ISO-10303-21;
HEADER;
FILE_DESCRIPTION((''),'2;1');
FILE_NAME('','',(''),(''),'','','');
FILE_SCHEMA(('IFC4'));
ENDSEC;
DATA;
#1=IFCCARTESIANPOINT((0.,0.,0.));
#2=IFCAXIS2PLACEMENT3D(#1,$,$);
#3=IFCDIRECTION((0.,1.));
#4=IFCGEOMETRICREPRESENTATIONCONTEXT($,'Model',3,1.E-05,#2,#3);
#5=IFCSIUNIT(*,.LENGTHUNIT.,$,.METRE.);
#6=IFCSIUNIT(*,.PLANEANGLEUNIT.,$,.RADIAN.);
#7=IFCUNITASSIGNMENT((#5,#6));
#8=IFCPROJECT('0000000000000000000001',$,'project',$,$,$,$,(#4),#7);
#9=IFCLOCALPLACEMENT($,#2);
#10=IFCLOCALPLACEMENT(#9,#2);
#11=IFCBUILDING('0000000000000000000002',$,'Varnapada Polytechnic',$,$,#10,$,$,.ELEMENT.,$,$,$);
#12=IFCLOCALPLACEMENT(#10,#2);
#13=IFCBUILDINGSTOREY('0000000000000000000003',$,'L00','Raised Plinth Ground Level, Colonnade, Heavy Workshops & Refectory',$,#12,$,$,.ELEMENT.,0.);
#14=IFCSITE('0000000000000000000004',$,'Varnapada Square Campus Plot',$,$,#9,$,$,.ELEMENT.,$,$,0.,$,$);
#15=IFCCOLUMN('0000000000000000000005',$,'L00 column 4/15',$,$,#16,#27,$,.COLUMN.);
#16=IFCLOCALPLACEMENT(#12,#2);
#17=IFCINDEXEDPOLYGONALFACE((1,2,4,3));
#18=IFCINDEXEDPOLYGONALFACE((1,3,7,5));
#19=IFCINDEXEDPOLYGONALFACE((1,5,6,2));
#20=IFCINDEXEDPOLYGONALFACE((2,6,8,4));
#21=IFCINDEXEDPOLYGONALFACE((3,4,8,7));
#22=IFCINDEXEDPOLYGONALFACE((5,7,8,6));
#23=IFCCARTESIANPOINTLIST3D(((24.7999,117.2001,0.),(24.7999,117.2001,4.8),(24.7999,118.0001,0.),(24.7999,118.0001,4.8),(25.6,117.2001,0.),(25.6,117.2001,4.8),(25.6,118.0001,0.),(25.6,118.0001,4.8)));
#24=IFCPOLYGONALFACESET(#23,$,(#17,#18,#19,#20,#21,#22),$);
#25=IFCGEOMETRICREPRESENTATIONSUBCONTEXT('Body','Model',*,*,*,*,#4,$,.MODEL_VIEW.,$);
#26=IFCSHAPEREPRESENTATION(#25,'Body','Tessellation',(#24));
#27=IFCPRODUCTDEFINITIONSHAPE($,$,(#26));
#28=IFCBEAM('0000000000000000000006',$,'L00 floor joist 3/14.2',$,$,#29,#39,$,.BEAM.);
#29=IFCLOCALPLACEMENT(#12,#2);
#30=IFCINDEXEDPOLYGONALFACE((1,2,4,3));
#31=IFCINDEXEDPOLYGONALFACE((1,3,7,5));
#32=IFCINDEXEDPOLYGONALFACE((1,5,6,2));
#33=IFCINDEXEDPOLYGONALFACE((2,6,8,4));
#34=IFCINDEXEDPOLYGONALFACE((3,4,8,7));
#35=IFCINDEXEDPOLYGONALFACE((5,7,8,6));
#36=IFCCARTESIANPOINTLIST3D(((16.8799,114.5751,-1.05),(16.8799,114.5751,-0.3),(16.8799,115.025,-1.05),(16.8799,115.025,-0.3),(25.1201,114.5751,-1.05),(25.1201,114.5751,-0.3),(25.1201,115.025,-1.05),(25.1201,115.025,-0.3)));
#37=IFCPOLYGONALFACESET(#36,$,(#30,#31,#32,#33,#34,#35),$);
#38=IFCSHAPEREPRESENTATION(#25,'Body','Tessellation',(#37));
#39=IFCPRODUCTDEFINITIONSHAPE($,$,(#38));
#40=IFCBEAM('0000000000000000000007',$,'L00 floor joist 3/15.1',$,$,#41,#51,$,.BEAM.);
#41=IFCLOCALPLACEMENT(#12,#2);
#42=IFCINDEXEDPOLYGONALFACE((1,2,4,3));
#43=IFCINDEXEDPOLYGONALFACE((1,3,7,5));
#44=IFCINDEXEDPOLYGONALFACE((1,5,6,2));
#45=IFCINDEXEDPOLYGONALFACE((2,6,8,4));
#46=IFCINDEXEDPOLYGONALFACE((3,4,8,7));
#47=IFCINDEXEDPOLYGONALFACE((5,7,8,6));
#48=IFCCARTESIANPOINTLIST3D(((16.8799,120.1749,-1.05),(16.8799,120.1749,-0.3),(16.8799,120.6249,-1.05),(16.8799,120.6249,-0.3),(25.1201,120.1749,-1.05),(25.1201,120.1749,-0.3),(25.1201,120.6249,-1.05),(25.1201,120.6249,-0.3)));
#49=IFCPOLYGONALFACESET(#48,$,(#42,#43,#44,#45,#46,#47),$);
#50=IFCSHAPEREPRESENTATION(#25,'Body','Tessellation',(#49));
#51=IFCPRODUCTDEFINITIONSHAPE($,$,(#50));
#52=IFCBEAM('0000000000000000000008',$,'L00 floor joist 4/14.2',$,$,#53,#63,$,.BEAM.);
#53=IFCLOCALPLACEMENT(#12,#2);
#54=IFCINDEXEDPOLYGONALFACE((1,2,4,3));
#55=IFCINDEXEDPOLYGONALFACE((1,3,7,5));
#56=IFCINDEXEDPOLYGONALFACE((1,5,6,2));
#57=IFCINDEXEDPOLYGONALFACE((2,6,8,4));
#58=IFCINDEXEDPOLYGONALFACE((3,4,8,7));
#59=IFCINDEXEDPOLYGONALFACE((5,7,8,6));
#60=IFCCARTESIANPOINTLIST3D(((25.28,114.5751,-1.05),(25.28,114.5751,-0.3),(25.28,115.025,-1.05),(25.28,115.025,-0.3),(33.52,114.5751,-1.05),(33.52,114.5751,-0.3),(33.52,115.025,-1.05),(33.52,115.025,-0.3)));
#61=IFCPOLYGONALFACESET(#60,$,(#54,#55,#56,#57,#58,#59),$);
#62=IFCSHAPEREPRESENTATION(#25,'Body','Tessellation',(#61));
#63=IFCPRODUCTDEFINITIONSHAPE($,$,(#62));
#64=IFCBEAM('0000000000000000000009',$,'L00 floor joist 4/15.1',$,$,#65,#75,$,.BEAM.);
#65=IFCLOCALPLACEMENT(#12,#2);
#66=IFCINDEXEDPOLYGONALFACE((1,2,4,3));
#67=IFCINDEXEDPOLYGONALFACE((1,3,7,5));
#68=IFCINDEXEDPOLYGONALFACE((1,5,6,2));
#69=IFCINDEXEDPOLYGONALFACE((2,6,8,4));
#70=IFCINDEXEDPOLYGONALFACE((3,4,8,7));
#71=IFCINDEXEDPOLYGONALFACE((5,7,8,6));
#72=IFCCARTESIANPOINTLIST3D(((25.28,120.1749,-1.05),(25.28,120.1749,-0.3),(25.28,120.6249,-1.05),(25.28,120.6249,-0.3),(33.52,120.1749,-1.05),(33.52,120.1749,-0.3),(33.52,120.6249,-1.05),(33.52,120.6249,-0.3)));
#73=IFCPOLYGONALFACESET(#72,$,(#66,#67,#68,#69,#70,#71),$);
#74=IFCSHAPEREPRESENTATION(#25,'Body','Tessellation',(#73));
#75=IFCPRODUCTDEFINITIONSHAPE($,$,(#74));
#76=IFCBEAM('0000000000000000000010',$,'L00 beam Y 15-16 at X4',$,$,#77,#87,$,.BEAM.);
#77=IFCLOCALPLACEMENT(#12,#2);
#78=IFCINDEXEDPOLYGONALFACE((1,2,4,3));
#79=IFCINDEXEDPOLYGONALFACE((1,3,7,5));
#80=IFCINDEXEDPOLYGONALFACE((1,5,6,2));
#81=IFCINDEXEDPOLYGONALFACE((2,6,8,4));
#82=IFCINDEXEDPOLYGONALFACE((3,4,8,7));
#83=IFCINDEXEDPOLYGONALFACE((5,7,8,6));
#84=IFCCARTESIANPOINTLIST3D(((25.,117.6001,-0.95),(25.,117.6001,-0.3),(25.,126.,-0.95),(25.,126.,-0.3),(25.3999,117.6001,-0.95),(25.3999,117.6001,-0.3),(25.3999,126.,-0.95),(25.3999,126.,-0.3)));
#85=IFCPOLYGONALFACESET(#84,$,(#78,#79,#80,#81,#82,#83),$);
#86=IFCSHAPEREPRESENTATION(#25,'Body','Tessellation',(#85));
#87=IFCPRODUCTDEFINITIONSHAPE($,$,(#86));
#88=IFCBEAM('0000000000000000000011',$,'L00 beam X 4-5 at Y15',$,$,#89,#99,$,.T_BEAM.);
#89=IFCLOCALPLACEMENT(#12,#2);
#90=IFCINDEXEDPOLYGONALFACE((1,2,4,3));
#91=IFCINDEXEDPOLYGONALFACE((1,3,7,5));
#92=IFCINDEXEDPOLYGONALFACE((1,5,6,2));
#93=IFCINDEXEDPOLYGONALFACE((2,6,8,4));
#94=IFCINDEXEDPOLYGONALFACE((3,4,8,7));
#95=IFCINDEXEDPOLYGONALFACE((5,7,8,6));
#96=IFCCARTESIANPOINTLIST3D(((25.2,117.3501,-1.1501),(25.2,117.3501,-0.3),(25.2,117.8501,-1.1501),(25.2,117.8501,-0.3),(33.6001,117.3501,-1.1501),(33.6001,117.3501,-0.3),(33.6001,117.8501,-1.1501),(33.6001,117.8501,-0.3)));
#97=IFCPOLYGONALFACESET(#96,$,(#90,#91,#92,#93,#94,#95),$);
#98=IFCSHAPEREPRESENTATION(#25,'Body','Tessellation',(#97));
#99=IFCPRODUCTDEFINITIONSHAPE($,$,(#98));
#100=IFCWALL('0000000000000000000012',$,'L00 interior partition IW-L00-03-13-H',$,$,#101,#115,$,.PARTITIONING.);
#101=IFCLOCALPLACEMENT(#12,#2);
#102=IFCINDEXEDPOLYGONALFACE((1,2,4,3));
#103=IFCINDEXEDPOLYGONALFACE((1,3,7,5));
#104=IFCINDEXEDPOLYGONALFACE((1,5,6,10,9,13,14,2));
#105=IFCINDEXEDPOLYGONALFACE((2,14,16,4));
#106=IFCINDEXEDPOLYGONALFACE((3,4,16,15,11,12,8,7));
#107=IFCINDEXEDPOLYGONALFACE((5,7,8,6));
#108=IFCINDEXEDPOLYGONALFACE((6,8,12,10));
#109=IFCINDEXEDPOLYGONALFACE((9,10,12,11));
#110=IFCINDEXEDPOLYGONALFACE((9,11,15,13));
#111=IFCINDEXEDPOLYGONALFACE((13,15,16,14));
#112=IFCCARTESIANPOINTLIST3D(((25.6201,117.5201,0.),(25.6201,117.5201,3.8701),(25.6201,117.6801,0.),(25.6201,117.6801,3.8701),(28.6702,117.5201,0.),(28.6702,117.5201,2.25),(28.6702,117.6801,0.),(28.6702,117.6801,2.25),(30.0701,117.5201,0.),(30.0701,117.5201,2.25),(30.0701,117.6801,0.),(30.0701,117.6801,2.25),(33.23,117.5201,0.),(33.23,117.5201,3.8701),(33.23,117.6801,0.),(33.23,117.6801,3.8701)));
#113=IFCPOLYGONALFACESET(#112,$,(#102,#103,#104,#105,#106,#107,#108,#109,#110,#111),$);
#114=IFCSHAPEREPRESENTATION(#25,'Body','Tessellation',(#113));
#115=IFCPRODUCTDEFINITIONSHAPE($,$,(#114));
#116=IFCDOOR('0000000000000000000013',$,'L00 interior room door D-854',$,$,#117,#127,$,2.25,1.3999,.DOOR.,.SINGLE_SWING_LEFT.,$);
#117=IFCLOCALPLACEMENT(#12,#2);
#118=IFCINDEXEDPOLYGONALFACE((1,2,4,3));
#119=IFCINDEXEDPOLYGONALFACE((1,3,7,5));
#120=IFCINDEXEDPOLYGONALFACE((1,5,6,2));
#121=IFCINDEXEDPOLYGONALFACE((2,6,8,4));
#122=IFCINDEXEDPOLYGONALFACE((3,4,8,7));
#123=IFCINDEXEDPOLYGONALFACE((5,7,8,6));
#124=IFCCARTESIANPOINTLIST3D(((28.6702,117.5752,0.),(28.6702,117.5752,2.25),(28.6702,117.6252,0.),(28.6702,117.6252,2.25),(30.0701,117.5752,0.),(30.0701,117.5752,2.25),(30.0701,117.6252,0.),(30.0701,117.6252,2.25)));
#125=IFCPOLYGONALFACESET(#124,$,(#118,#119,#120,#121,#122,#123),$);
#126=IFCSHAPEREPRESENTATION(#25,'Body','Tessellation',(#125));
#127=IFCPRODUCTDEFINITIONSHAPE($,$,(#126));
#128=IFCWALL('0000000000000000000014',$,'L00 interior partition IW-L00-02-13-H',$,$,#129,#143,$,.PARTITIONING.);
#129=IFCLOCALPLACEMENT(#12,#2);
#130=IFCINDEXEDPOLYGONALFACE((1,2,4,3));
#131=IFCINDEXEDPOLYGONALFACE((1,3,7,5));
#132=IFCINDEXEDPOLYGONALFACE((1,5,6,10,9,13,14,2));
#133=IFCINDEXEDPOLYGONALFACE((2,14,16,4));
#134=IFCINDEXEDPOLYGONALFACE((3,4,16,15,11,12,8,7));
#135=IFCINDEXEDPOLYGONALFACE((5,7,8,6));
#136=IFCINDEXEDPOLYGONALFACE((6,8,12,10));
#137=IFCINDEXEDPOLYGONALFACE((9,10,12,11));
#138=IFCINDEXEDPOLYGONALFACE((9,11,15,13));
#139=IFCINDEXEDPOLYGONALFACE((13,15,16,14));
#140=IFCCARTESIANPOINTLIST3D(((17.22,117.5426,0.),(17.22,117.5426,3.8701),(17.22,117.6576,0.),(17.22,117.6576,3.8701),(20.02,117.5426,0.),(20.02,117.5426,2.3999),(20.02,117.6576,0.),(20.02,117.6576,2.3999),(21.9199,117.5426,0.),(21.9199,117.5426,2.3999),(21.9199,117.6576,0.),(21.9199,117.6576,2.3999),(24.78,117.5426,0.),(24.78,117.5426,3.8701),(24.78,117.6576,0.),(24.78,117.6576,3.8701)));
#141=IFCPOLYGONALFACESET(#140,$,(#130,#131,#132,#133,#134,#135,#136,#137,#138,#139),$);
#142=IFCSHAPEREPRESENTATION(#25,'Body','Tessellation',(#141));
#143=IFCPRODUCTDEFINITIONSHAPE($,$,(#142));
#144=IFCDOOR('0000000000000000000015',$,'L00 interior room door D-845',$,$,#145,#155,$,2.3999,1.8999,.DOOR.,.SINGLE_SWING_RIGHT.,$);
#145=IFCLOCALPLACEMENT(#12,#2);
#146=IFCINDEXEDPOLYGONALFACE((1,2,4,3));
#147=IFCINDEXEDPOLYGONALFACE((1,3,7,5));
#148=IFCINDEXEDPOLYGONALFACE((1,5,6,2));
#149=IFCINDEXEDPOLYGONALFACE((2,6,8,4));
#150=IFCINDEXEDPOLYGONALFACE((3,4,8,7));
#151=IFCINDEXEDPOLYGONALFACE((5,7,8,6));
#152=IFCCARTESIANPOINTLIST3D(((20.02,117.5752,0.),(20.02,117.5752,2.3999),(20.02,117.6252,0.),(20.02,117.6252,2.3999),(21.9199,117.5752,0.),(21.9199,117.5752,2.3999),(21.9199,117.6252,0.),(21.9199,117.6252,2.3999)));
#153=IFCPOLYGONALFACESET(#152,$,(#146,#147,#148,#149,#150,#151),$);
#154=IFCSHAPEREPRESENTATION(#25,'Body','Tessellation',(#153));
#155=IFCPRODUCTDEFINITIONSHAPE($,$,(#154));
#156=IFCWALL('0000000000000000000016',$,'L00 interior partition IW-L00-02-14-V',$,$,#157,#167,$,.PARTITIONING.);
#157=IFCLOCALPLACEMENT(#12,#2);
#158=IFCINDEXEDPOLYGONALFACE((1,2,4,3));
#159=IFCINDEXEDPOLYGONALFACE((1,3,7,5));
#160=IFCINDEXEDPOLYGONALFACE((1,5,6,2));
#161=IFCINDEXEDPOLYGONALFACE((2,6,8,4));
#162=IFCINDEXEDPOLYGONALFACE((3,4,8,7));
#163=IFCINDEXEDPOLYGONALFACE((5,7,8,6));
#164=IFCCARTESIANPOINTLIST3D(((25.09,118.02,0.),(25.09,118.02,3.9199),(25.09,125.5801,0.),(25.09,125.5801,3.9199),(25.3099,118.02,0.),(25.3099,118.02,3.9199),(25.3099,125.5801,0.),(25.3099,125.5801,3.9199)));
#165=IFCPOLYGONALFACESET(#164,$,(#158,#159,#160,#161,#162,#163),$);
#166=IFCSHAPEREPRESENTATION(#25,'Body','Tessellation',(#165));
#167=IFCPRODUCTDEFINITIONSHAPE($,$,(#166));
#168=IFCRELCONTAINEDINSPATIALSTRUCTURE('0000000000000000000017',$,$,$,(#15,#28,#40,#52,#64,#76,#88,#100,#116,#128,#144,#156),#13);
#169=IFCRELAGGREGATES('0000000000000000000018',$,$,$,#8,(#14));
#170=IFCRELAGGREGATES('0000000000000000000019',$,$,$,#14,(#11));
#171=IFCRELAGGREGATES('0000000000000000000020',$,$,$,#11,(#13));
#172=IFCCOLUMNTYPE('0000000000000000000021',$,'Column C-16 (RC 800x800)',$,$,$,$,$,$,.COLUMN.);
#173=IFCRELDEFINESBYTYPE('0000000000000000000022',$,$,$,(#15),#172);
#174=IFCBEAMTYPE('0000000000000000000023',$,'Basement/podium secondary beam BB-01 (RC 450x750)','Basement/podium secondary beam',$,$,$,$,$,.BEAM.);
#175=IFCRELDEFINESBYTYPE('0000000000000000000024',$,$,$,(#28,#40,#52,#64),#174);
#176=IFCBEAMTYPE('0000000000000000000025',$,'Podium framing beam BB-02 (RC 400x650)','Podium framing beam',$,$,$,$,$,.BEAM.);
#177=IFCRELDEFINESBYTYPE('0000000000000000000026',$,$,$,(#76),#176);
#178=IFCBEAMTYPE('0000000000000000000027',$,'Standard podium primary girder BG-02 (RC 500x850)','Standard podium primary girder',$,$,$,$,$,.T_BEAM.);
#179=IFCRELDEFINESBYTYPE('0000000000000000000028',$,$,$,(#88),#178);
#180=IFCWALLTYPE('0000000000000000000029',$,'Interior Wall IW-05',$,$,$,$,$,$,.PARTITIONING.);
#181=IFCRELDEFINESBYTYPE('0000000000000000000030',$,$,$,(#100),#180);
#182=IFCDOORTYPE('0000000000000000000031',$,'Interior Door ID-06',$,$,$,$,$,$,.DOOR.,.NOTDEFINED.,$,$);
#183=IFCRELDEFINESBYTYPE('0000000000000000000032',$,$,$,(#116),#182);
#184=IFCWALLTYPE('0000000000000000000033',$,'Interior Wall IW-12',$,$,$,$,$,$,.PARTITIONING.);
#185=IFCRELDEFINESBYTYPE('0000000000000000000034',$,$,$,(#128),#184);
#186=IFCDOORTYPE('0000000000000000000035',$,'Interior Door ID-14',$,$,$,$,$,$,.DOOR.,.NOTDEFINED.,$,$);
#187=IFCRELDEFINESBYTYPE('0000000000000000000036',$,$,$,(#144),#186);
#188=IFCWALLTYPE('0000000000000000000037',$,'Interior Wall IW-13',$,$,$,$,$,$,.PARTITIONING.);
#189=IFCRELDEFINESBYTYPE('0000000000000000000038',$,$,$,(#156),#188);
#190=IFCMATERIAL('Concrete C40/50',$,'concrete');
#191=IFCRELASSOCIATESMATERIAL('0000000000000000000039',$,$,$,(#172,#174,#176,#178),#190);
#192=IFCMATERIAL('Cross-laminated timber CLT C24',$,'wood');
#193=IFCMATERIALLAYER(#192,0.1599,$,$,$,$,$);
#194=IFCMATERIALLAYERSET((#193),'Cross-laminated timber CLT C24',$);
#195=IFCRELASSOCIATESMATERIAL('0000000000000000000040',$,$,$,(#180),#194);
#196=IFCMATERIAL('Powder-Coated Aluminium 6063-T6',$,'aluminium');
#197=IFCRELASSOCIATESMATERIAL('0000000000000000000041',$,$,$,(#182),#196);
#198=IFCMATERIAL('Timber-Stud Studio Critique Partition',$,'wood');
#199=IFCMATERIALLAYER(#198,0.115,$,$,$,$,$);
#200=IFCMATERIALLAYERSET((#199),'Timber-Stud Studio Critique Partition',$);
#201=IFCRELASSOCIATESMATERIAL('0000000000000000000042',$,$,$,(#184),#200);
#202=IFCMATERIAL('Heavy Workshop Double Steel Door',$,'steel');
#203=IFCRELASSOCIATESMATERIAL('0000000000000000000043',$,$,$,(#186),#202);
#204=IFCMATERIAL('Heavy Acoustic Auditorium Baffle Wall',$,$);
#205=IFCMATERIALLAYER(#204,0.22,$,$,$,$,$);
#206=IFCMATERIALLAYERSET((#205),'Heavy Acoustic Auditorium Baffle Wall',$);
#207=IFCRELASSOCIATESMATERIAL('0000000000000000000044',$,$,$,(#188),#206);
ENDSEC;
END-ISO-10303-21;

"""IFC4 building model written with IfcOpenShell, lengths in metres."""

from ifc_helpers import new_model, si_unit, direction, frame, frame_2d, origin, origin_2d, place, context, subcontext, project, spatial, rectangle, extrude, material, layer, layer_set, material_profile, profile_set, type_object, element, fill, save


model = new_model("IFC4")

# Units and contexts
model_context = context("Model", 3, precision=1e-05, world=origin(), true_north=direction((0.0, 1.0)))
body_context = subcontext(model_context, "Body", "Model", "MODEL_VIEW")
ifc_project = project(units=[si_unit("LENGTHUNIT", "METRE"), si_unit("PLANEANGLEUNIT", "RADIAN")], contexts=[model_context])

# Site, building, storey
site_placement = place(None, origin())
site = spatial("IfcSite", under=ifc_project, at=site_placement, Name="Varnapada Square Campus Plot", CompositionType="ELEMENT", RefElevation=0.0)
building_placement = place(site_placement, origin())
building = spatial("IfcBuilding", under=site, at=building_placement, Name="Varnapada Polytechnic", CompositionType="ELEMENT")
storey_placement = place(building_placement, origin())
storey = spatial("IfcBuildingStorey", under=building, at=storey_placement, Name="L00", Description="Raised Plinth Ground Level, Colonnade, Heavy Workshops & Refectory", CompositionType="ELEMENT", Elevation=0.0)

# Column
ifc_material_1 = material(Name="Concrete C40/50", Category="concrete")
ifc_material_profile_1 = material_profile(ifc_material_1, rectangle(XDim=0.8, YDim=0.8, at=origin_2d()), Name="RC 800x800")
ifc_profile_set_1 = profile_set([ifc_material_profile_1], Name="Concrete C40/50")
column_type = type_object("IfcColumnType", Name="Column C-16 (RC 800x800)", PredefinedType="COLUMN", material=ifc_profile_set_1)
column_placement = place(storey_placement, frame((25.2, 117.6001, 0.0), z_axis=(0.0, 0.0, 1.0), x_axis=(1.0, 0.0, 0.0)))
element("IfcColumn", 1, at=column_placement, inside=storey, type_object=column_type, Name="L00 column 4/15", PredefinedType="COLUMN", context=body_context, shape_type="SweptSolid", body=[
    extrude(rectangle(XDim=0.8, YDim=0.8, at=origin_2d()), origin(), (0.0, 0.0, 1.0), 4.8),
])

# Beams
ifc_material_profile_2 = material_profile(ifc_material_1, rectangle(XDim=0.45, YDim=0.75, at=origin_2d()), Name="RC 450x750")
ifc_profile_set_2 = profile_set([ifc_material_profile_2], Name="Concrete C40/50")
beam_type_1 = type_object("IfcBeamType", Name="Basement/podium secondary beam BB-01 (RC 450x750)", Description="Basement/podium secondary beam", PredefinedType="BEAM", material=ifc_profile_set_2)
for number, where, z_axis, x_axis, name in (
    (2, (16.8799, 114.8, -0.675), (1.0, 0.0, 0.0), (0.0, 1.0, 0.0), "L00 floor joist 3/14.2"),
    (3, (16.8799, 120.3999, -0.675), (1.0, 0.0, 0.0), (0.0, 1.0, 0.0), "L00 floor joist 3/15.1"),
):
    element("IfcBeam", number, at=place(storey_placement, frame(where, z_axis=z_axis, x_axis=x_axis)), inside=storey, type_object=beam_type_1, Name=name, PredefinedType="BEAM", context=body_context, shape_type="SweptSolid", body=[
        extrude(rectangle(XDim=0.45, YDim=0.75, at=origin_2d()), origin(), (0.0, 0.0, 1.0), 8.2402),
    ])
for number, where, z_axis, x_axis, name in (
    (4, (25.28, 114.8, -0.675), (1.0, 0.0, 0.0), (0.0, 1.0, 0.0), "L00 floor joist 4/14.2"),
    (5, (25.28, 120.3999, -0.675), (1.0, 0.0, 0.0), (0.0, 1.0, 0.0), "L00 floor joist 4/15.1"),
):
    element("IfcBeam", number, at=place(storey_placement, frame(where, z_axis=z_axis, x_axis=x_axis)), inside=storey, type_object=beam_type_1, Name=name, PredefinedType="BEAM", context=body_context, shape_type="SweptSolid", body=[
        extrude(rectangle(XDim=0.45, YDim=0.75, at=origin_2d()), origin(), (0.0, 0.0, 1.0), 8.24),
    ])
ifc_material_profile_3 = material_profile(ifc_material_1, rectangle(XDim=0.3999, YDim=0.6499, at=origin_2d()), Name="RC 400x650")
ifc_profile_set_3 = profile_set([ifc_material_profile_3], Name="Concrete C40/50")
beam_type_2 = type_object("IfcBeamType", Name="Podium framing beam BB-02 (RC 400x650)", Description="Podium framing beam", PredefinedType="BEAM", material=ifc_profile_set_3)
beam_1_placement = place(storey_placement, frame((25.2, 117.6001, -0.625), z_axis=(0.0, 1.0, 0.0), x_axis=(-1.0, 0.0, 0.0)))
element("IfcBeam", 6, at=beam_1_placement, inside=storey, type_object=beam_type_2, Name="L00 beam Y 15-16 at X4", PredefinedType="BEAM", context=body_context, shape_type="SweptSolid", body=[
    extrude(rectangle(XDim=0.3999, YDim=0.6499, at=origin_2d()), origin(), (0.0, 0.0, 1.0), 8.3999),
])
ifc_material_profile_4 = material_profile(ifc_material_1, rectangle(XDim=0.5, YDim=0.8501, at=origin_2d()), Name="RC 500x850")
ifc_profile_set_4 = profile_set([ifc_material_profile_4], Name="Concrete C40/50")
beam_type_3 = type_object("IfcBeamType", Name="Standard podium primary girder BG-02 (RC 500x850)", Description="Standard podium primary girder", PredefinedType="T_BEAM", material=ifc_profile_set_4)
beam_2_placement = place(storey_placement, frame((25.2, 117.6001, -0.7251), z_axis=(1.0, 0.0, 0.0), x_axis=(0.0, 1.0, 0.0)))
element("IfcBeam", 7, at=beam_2_placement, inside=storey, type_object=beam_type_3, Name="L00 beam X 4-5 at Y15", PredefinedType="T_BEAM", context=body_context, shape_type="SweptSolid", body=[
    extrude(rectangle(XDim=0.5, YDim=0.8501, at=origin_2d()), origin(), (0.0, 0.0, 1.0), 8.4001),
])

# Walls, openings, doors
ifc_material_2 = material(Name="Cross-laminated timber CLT C24", Category="wood")
ifc_layer_1 = layer(ifc_material_2, 0.1599)
ifc_layer_set_1 = layer_set([ifc_layer_1], Name="Cross-laminated timber CLT C24")
wall_type_1 = type_object("IfcWallType", Name="Interior Wall IW-05", PredefinedType="PARTITIONING", material=ifc_layer_set_1)
wall_1_placement = place(storey_placement, frame((25.6201, 117.6001, 0.0), z_axis=(0.0, 0.0, 1.0), x_axis=(1.0, 0.0, 0.0)))
wall_1 = element("IfcWall", 8, at=wall_1_placement, inside=storey, type_object=wall_type_1, Name="L00 interior partition IW-L00-03-13-H", PredefinedType="PARTITIONING", context=body_context, shape_type="SweptSolid", body=[
    extrude(rectangle(XDim=7.6099, YDim=0.1599, at=frame_2d((3.8049, 0.0))), origin(), (0.0, 0.0, 1.0), 3.8701),
])
opening_1_placement = place(wall_1_placement, frame((3.05, 0.0, 0.0)))
opening_1 = element("IfcOpeningElement", 9, at=opening_1_placement, cuts=wall_1, PredefinedType="OPENING", context=body_context, shape_type="SweptSolid", body=[
    extrude(rectangle(XDim=1.3999, YDim=2.25, at=frame_2d((0.7, 1.125))), frame((0.0, 0.0898, 0.0), z_axis=(0.0, -1.0, 0.0), x_axis=(1.0, 0.0, 0.0)), (0.0, 0.0, 1.0), 0.1799),
])
ifc_material_3 = material(Name="Powder-Coated Aluminium 6063-T6", Category="aluminium")
door_type_1 = type_object("IfcDoorType", Name="Interior Door ID-06", OperationType="NOTDEFINED", PredefinedType="DOOR", material=ifc_material_3)
door_1_placement = place(opening_1_placement, frame((1.3999, 0.0, 0.0), z_axis=(0.0, 0.0, 1.0), x_axis=(-1.0, 0.0, 0.0)))
door_1 = element("IfcDoor", 10, at=door_1_placement, inside=storey, type_object=door_type_1, Name="L00 interior room door D-854", OperationType="SINGLE_SWING_LEFT", OverallHeight=2.25, OverallWidth=1.3999, PredefinedType="DOOR", context=body_context, shape_type="SweptSolid", body=[
    extrude(rectangle(XDim=1.3999, YDim=2.25, at=frame_2d((0.7, 1.125))), frame((0.0, 0.0249, 0.0), z_axis=(0.0, -1.0, 0.0), x_axis=(1.0, 0.0, 0.0)), (0.0, 0.0, 1.0), 0.05),
])
fill(opening_1, door_1)
ifc_material_4 = material(Name="Timber-Stud Studio Critique Partition", Category="wood")
ifc_layer_2 = layer(ifc_material_4, 0.115)
ifc_layer_set_2 = layer_set([ifc_layer_2], Name="Timber-Stud Studio Critique Partition")
wall_type_2 = type_object("IfcWallType", Name="Interior Wall IW-12", PredefinedType="PARTITIONING", material=ifc_layer_set_2)
wall_2_placement = place(storey_placement, frame((17.22, 117.6001, 0.0), z_axis=(0.0, 0.0, 1.0), x_axis=(1.0, 0.0, 0.0)))
wall_2 = element("IfcWall", 11, at=wall_2_placement, inside=storey, type_object=wall_type_2, Name="L00 interior partition IW-L00-02-13-H", PredefinedType="PARTITIONING", context=body_context, shape_type="SweptSolid", body=[
    extrude(rectangle(XDim=7.5601, YDim=0.115, at=frame_2d((3.78, 0.0))), origin(), (0.0, 0.0, 1.0), 3.8701),
])
opening_2_placement = place(wall_2_placement, frame((2.8, 0.0, 0.0)))
opening_2 = element("IfcOpeningElement", 12, at=opening_2_placement, cuts=wall_2, PredefinedType="OPENING", context=body_context, shape_type="SweptSolid", body=[
    extrude(rectangle(XDim=1.8999, YDim=2.3999, at=frame_2d((0.95, 1.2))), frame((0.0, 0.0674, 0.0), z_axis=(0.0, -1.0, 0.0), x_axis=(1.0, 0.0, 0.0)), (0.0, 0.0, 1.0), 0.135),
])
ifc_material_5 = material(Name="Heavy Workshop Double Steel Door", Category="steel")
door_type_2 = type_object("IfcDoorType", Name="Interior Door ID-14", OperationType="NOTDEFINED", PredefinedType="DOOR", material=ifc_material_5)
door_2_placement = place(opening_2_placement, frame((1.8999, 0.0, 0.0), z_axis=(0.0, 0.0, 1.0), x_axis=(-1.0, 0.0, 0.0)))
door_2 = element("IfcDoor", 13, at=door_2_placement, inside=storey, type_object=door_type_2, Name="L00 interior room door D-845", OperationType="SINGLE_SWING_RIGHT", OverallHeight=2.3999, OverallWidth=1.8999, PredefinedType="DOOR", context=body_context, shape_type="SweptSolid", body=[
    extrude(rectangle(XDim=1.8999, YDim=2.3999, at=frame_2d((0.95, 1.2))), frame((0.0, 0.0249, 0.0), z_axis=(0.0, -1.0, 0.0), x_axis=(1.0, 0.0, 0.0)), (0.0, 0.0, 1.0), 0.05),
])
fill(opening_2, door_2)

# Wall
ifc_material_6 = material(Name="Heavy Acoustic Auditorium Baffle Wall")
ifc_layer_3 = layer(ifc_material_6, 0.22)
ifc_layer_set_3 = layer_set([ifc_layer_3], Name="Heavy Acoustic Auditorium Baffle Wall")
wall_type_3 = type_object("IfcWallType", Name="Interior Wall IW-13", PredefinedType="PARTITIONING", material=ifc_layer_set_3)
wall_3_placement = place(storey_placement, frame((25.2, 118.02, 0.0), z_axis=(0.0, 0.0, 1.0), x_axis=(0.0, 1.0, 0.0)))
element("IfcWall", 14, at=wall_3_placement, inside=storey, type_object=wall_type_3, Name="L00 interior partition IW-L00-02-14-V", PredefinedType="PARTITIONING", context=body_context, shape_type="SweptSolid", body=[
    extrude(rectangle(XDim=7.5601, YDim=0.22, at=frame_2d((3.78, 0.0))), origin(), (0.0, 0.0, 1.0), 3.9199),
])

save(model, "model.ifc")
